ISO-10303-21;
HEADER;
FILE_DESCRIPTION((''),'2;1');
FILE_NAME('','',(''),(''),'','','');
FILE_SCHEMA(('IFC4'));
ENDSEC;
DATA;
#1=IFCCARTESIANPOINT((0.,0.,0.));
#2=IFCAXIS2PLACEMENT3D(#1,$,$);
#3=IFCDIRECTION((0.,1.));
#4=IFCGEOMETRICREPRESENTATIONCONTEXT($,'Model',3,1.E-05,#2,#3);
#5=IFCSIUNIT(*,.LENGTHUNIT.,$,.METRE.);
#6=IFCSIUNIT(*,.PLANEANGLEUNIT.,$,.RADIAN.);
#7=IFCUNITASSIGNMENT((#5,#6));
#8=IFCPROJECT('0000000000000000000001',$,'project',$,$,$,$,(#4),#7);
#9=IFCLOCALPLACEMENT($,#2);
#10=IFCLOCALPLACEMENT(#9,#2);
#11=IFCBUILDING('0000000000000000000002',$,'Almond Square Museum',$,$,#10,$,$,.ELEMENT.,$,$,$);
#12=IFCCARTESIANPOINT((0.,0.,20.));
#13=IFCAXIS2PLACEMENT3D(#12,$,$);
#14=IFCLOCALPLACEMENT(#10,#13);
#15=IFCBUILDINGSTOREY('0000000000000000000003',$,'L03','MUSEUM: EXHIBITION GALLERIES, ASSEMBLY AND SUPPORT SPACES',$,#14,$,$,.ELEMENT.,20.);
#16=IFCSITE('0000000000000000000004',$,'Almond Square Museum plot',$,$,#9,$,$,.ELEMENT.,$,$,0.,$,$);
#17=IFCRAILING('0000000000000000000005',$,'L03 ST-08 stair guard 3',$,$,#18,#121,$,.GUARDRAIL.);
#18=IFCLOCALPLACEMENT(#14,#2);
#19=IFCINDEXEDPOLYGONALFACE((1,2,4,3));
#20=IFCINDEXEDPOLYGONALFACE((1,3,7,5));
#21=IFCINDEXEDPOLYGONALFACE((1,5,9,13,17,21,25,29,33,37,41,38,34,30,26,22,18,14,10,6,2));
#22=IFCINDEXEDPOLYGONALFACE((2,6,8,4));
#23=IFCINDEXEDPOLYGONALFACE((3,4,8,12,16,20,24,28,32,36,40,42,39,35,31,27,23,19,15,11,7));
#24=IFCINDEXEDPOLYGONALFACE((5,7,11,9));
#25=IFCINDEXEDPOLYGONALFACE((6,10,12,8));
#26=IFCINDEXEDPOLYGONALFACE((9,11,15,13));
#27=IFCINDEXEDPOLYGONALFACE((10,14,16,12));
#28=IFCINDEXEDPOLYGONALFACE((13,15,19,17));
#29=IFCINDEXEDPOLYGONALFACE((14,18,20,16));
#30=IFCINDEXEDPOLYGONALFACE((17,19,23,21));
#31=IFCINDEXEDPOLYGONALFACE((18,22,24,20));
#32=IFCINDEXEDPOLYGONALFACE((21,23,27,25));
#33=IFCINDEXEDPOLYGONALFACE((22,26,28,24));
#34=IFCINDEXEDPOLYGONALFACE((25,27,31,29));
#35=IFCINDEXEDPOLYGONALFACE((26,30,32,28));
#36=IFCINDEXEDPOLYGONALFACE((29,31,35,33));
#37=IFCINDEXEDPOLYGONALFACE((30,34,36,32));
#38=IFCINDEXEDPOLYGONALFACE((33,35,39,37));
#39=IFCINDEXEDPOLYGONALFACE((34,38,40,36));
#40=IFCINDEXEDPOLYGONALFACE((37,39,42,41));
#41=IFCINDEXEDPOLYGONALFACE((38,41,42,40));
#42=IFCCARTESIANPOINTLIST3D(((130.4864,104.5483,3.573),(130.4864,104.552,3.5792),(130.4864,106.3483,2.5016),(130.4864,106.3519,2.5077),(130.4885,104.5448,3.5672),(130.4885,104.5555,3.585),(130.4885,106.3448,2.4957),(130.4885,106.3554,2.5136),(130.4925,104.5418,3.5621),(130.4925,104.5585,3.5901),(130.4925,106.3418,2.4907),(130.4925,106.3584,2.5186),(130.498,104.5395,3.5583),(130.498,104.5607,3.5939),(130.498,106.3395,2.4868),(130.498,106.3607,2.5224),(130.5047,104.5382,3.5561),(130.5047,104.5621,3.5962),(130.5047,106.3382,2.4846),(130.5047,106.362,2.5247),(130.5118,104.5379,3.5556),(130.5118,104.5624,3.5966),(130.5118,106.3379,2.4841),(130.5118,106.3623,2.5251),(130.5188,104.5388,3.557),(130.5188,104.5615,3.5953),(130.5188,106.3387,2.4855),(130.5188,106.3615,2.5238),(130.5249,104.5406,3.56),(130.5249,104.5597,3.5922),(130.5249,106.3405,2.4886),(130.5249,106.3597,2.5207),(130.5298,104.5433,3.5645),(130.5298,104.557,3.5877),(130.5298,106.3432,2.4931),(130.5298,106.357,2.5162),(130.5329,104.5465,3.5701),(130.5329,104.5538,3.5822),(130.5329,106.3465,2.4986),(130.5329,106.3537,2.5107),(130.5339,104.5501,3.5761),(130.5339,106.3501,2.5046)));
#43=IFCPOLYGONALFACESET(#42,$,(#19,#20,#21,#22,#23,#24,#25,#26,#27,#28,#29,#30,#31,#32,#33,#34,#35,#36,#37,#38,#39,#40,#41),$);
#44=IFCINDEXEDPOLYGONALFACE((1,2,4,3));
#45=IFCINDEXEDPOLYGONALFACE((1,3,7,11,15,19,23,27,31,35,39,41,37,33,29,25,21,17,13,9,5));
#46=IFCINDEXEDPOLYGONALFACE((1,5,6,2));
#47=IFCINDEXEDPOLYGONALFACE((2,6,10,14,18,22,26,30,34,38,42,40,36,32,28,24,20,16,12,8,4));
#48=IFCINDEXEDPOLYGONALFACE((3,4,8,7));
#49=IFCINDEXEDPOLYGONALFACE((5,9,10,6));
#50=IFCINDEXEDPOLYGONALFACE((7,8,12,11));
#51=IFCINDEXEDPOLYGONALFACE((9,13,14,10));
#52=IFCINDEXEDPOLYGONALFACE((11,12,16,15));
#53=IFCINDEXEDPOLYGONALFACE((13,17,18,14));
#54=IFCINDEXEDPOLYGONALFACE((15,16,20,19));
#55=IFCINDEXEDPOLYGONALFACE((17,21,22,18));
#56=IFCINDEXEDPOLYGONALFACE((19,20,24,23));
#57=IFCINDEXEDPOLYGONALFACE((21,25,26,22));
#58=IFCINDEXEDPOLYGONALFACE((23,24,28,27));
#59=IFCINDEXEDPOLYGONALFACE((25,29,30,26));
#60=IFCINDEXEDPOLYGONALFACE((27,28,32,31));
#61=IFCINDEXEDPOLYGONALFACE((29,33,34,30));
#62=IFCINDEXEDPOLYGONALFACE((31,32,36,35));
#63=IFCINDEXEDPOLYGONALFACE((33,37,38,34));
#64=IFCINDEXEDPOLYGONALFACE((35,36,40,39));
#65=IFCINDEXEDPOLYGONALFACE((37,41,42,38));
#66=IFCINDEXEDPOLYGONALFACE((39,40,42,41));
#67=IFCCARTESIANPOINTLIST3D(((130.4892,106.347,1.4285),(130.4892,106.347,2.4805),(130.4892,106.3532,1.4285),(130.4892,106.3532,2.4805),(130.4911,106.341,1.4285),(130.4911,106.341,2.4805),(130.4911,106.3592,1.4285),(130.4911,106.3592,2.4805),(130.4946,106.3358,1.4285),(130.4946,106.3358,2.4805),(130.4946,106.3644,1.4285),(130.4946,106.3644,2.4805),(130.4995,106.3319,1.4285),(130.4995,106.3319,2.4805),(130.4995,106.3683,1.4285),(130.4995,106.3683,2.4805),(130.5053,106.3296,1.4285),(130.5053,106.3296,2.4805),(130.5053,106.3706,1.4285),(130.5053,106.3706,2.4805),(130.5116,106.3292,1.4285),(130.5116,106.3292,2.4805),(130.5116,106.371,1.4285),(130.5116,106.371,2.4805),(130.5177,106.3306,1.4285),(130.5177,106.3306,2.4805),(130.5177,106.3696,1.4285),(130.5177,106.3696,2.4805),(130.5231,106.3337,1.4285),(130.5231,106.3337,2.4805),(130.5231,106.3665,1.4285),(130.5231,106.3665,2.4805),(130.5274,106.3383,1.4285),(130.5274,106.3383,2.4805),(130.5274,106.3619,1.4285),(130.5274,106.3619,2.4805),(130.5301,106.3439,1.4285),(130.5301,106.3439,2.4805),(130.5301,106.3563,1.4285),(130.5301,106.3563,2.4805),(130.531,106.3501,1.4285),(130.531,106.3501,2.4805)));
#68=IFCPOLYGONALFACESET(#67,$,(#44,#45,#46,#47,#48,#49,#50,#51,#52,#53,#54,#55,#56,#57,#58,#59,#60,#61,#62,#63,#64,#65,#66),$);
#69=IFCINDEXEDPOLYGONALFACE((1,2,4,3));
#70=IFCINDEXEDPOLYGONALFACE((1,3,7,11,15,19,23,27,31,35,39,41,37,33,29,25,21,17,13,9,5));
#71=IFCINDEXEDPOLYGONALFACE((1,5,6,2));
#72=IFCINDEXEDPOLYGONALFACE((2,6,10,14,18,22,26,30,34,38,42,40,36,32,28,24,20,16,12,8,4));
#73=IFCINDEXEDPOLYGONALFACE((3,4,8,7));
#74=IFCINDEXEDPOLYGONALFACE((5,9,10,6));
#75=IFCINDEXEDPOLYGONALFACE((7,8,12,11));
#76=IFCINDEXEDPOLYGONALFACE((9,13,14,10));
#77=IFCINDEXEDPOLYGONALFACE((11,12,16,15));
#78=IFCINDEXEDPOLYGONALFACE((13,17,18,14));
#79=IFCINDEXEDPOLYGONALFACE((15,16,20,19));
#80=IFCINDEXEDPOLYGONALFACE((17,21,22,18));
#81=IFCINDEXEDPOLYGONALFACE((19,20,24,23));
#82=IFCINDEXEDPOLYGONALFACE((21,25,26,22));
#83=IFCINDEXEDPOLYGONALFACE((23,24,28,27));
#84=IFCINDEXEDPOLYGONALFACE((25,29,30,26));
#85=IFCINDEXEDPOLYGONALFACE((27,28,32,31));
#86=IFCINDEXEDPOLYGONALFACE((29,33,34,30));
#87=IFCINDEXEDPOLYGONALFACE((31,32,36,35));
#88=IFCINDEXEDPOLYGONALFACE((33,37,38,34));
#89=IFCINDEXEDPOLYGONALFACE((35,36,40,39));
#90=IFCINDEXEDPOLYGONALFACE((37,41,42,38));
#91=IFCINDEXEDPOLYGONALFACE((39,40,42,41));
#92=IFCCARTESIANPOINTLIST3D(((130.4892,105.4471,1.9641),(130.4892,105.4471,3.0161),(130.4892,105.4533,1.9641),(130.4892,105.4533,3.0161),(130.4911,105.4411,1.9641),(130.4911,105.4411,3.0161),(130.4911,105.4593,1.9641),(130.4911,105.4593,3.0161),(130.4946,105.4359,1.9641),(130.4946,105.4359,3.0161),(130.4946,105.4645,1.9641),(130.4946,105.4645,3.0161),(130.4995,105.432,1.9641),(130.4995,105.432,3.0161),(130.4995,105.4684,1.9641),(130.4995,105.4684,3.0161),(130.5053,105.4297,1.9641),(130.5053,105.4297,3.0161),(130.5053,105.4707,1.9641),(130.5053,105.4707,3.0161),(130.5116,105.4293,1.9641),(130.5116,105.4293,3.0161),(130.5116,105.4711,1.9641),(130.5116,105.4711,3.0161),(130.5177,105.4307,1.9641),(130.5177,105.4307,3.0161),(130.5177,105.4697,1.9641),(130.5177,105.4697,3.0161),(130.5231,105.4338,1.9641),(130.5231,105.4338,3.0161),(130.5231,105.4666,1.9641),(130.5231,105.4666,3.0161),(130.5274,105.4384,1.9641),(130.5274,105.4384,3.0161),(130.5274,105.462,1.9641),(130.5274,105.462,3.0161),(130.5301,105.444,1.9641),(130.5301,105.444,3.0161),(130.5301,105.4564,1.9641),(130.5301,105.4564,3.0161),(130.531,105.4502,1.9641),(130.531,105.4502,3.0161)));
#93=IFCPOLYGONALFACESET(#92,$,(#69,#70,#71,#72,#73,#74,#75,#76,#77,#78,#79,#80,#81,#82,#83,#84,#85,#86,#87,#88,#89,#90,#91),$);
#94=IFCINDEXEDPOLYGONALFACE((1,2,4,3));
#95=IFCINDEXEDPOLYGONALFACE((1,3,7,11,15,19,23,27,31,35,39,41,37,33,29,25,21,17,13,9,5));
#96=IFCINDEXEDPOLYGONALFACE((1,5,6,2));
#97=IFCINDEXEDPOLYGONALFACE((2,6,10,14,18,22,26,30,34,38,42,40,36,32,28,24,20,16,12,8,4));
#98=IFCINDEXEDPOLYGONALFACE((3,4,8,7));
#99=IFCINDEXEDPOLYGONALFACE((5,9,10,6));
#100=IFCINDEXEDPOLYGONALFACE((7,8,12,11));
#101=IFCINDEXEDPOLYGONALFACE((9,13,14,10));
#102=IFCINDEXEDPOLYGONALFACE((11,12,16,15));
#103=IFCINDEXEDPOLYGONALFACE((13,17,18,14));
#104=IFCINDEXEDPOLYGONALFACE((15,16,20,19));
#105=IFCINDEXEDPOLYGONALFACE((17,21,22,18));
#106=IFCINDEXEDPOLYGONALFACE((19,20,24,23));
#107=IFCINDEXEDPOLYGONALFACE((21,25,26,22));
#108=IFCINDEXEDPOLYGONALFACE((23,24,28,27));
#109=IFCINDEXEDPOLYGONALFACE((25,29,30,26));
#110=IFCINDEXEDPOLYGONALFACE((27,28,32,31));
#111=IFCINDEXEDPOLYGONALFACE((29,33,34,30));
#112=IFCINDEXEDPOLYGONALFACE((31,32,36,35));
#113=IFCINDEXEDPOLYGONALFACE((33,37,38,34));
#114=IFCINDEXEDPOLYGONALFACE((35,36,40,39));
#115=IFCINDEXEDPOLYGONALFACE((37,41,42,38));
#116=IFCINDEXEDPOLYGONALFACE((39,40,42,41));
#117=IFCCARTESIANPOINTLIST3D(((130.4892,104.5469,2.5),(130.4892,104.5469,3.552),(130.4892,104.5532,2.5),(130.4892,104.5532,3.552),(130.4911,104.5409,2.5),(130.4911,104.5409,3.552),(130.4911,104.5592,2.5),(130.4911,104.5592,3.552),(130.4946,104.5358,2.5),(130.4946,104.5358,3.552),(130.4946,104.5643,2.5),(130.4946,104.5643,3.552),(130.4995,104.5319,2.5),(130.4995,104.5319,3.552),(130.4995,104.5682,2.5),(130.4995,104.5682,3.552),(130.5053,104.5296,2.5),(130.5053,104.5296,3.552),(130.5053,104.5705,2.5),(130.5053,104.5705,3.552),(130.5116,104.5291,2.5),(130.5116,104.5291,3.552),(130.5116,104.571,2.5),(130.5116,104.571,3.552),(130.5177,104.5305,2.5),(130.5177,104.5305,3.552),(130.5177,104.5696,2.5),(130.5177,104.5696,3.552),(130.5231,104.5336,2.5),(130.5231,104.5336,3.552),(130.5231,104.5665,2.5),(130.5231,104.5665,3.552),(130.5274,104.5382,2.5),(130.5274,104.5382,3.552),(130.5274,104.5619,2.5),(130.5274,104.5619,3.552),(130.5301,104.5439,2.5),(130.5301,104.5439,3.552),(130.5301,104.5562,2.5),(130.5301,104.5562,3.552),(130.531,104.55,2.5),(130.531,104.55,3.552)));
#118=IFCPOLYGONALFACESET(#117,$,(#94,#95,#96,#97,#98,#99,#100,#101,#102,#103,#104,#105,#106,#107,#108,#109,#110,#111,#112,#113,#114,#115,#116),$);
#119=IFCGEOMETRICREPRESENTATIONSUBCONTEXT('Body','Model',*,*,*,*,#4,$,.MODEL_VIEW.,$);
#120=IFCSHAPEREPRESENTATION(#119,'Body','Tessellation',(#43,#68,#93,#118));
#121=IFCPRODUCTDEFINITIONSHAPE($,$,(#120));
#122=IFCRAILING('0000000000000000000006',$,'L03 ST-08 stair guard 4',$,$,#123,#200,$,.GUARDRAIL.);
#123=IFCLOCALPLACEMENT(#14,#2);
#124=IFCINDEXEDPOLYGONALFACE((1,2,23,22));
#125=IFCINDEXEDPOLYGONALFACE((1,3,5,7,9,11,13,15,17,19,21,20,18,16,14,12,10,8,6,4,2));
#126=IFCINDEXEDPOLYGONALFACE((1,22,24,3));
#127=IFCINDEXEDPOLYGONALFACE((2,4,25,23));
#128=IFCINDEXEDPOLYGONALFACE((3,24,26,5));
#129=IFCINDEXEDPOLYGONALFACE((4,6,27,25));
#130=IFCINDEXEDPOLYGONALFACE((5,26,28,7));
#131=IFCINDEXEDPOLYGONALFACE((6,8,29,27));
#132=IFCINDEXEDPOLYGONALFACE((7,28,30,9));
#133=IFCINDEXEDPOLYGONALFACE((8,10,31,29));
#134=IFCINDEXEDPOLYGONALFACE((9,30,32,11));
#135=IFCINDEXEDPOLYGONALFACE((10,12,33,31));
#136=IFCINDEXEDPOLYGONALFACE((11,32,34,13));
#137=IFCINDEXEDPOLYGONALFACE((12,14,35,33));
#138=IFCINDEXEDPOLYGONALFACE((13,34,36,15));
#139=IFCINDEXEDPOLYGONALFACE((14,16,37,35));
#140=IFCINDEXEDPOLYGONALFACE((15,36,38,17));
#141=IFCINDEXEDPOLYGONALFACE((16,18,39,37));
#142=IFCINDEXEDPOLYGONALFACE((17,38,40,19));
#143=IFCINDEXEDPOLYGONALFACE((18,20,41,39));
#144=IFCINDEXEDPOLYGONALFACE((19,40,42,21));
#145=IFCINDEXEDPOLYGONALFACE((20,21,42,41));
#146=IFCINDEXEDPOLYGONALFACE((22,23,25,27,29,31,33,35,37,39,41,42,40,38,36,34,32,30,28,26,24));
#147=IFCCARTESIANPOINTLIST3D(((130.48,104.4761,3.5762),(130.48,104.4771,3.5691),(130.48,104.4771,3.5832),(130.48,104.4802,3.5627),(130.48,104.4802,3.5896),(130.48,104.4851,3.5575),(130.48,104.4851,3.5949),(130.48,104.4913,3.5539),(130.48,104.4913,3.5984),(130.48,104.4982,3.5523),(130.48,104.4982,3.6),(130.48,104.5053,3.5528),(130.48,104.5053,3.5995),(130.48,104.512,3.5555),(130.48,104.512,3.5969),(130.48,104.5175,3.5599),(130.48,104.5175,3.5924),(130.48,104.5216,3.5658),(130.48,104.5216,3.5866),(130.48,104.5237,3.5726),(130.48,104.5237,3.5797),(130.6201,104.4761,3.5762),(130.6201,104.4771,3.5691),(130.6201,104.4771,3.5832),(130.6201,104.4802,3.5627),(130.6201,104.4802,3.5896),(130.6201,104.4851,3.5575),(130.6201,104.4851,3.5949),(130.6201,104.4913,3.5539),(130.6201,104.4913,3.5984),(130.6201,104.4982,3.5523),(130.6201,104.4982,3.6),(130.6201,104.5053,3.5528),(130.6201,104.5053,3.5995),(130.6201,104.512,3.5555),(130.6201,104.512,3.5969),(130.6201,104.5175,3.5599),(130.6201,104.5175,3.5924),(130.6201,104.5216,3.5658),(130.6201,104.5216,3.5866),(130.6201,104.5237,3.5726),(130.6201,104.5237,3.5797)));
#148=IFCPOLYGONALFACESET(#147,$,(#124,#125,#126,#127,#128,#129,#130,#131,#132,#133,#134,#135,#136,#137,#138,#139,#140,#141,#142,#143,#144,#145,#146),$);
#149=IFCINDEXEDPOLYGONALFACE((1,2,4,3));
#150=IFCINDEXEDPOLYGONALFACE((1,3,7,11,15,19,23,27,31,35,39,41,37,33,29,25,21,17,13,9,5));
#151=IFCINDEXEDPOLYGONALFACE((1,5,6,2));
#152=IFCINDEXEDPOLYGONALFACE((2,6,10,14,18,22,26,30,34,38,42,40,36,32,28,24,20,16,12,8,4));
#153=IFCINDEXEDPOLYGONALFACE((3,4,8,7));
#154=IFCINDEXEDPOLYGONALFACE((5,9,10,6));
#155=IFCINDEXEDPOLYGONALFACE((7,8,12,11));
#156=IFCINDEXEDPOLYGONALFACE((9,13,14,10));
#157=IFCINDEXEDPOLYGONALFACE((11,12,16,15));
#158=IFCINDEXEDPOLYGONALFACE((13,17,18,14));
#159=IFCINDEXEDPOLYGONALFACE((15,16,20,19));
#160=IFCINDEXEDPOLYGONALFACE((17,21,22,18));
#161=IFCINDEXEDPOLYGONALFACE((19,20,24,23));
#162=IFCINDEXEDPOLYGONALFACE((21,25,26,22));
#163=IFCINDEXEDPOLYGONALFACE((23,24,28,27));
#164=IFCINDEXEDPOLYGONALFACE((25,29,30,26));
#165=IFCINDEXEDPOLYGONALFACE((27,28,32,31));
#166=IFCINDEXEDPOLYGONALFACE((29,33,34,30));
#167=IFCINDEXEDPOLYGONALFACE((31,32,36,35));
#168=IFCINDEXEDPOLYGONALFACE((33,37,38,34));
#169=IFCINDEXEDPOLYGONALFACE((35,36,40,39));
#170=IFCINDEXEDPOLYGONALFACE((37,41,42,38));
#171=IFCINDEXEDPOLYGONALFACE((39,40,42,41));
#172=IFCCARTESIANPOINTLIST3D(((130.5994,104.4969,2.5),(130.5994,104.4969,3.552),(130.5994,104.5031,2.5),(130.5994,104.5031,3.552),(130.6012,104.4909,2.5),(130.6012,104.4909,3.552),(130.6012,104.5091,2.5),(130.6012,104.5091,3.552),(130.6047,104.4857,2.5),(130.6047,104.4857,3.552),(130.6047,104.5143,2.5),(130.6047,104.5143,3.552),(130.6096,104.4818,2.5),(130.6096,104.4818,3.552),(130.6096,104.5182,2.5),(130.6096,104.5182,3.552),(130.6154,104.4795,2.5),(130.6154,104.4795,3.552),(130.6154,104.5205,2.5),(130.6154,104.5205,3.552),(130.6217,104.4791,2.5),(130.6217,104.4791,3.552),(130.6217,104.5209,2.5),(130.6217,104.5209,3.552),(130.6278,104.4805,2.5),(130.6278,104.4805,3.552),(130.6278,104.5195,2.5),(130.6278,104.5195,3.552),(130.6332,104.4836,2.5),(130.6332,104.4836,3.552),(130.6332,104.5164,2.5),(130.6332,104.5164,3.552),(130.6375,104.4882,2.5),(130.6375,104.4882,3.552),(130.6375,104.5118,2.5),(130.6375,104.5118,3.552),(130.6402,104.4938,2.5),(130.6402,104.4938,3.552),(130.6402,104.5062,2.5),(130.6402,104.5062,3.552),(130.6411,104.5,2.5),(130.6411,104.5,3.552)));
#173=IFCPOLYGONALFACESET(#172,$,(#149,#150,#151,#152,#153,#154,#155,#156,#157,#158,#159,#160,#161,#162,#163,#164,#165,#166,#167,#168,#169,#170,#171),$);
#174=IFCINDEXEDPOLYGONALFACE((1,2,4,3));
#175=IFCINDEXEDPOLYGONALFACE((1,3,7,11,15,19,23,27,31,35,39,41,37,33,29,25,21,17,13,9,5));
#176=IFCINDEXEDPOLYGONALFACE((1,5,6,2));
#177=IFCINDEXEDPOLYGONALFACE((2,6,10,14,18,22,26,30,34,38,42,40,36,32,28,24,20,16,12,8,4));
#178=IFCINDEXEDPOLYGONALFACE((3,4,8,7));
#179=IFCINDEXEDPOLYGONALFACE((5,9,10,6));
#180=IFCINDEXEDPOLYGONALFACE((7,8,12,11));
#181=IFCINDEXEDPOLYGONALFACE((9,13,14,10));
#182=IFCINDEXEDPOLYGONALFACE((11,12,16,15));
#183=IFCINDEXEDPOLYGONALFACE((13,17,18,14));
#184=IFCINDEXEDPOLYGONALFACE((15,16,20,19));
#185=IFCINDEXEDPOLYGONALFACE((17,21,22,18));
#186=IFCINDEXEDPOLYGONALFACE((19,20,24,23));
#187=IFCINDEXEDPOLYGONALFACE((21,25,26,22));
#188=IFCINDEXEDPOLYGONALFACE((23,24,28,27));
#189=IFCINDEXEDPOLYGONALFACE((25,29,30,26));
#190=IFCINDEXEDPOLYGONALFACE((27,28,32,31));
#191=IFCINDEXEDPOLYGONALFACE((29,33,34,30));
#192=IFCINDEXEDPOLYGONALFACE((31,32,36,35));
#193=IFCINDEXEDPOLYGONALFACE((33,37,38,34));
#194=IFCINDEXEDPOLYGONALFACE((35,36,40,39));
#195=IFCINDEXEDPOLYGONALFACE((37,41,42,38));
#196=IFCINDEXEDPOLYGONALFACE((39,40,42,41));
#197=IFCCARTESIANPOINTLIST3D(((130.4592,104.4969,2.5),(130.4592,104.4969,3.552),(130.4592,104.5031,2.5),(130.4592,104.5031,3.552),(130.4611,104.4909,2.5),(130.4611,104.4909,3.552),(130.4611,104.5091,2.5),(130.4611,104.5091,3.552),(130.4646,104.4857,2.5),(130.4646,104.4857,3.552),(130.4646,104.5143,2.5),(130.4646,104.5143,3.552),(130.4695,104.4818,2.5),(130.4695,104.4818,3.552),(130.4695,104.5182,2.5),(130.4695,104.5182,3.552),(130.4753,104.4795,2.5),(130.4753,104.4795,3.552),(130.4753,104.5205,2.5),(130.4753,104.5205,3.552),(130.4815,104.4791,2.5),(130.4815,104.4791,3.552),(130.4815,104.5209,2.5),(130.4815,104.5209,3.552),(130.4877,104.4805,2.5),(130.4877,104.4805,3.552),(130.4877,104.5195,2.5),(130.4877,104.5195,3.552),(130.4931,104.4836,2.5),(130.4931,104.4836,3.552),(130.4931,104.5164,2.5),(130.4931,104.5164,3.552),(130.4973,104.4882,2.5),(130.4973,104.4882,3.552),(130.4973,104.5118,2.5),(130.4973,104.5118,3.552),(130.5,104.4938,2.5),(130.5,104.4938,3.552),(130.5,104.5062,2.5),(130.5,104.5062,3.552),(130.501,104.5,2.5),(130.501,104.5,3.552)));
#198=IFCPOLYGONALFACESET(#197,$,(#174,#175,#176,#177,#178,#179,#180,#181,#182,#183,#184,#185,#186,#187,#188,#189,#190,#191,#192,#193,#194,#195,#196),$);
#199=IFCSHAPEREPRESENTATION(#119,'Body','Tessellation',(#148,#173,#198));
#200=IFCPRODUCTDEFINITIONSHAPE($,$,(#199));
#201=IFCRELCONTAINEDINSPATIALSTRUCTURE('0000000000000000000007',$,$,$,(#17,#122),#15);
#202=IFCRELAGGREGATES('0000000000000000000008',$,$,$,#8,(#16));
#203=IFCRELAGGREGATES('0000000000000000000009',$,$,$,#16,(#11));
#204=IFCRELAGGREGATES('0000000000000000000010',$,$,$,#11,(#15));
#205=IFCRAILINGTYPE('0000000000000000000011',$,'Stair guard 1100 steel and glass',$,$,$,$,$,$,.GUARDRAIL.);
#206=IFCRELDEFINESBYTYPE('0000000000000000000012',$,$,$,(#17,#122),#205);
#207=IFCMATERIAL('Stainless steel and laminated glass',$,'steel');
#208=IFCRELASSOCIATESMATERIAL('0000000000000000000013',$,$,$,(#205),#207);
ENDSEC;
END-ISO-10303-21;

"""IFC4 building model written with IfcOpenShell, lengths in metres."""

from ifc_helpers import new_model, si_unit, direction, frame, origin, origin_2d, place, context, subcontext, project, spatial, circle, extrude, material, type_object, element, save


model = new_model("IFC4")

# Units and contexts
model_context = context("Model", 3, precision=1e-05, world=origin(), true_north=direction((0.0, 1.0)))
body_context = subcontext(model_context, "Body", "Model", "MODEL_VIEW")
ifc_project = project(units=[si_unit("LENGTHUNIT", "METRE"), si_unit("PLANEANGLEUNIT", "RADIAN")], contexts=[model_context])

# Site, building, storey
site_placement = place(None, origin())
site = spatial("IfcSite", under=ifc_project, at=site_placement, Name="Almond Square Museum plot", CompositionType="ELEMENT", RefElevation=0.0)
building_placement = place(site_placement, origin())
building = spatial("IfcBuilding", under=site, at=building_placement, Name="Almond Square Museum", CompositionType="ELEMENT")
storey_placement = place(building_placement, frame((0.0, 0.0, 20.0)))
storey = spatial("IfcBuildingStorey", under=building, at=storey_placement, Name="L03", Description="MUSEUM: EXHIBITION GALLERIES, ASSEMBLY AND SUPPORT SPACES", CompositionType="ELEMENT", Elevation=20.0)

# Railings
ifc_material_1 = material(Name="Stainless steel and laminated glass", Category="steel")
railing_type_1 = type_object("IfcRailingType", Name="Stair guard 1100 steel and glass", PredefinedType="GUARDRAIL", material=ifc_material_1)
railing_1_placement = place(storey_placement, frame((130.51, 106.3501, 1.4285)))
element("IfcRailing", 1, at=railing_1_placement, inside=storey, type_object=railing_type_1, Name="L03 ST-08 stair guard 3", PredefinedType="GUARDRAIL", context=body_context, shape_type="SweptSolid", body=[
    extrude(circle(Radius=0.0239, at=origin_2d()), frame((0.0, 0.0, 1.0762), z_axis=(0.0, -0.859277, 0.51151), x_axis=(1.0, 0.0, 0.0)), (0.0, 0.0, 1.0), 2.0947),
    extrude(circle(Radius=0.021, at=origin_2d()), origin(), (0.0, 0.0, 1.0), 1.052),
    extrude(circle(Radius=0.021, at=origin_2d()), frame((0.0, -0.8999, 0.5356)), (0.0, 0.0, 1.0), 1.052),
    extrude(circle(Radius=0.021, at=origin_2d()), frame((0.0, -1.8, 1.0715)), (0.0, 0.0, 1.0), 1.052),
])
railing_2_placement = place(storey_placement, frame((130.6201, 104.5, 2.5)))
element("IfcRailing", 2, at=railing_2_placement, inside=storey, type_object=railing_type_1, Name="L03 ST-08 stair guard 4", PredefinedType="GUARDRAIL", context=body_context, shape_type="SweptSolid", body=[
    extrude(circle(Radius=0.0239, at=origin_2d()), frame((0.0, 0.0, 1.0762), z_axis=(-1.0, 0.0, 0.0), x_axis=(0.0, -1.0, 0.0)), (0.0, 0.0, 1.0), 0.1401),
    extrude(circle(Radius=0.021, at=origin_2d()), origin(), (0.0, 0.0, 1.0), 1.052),
    extrude(circle(Radius=0.021, at=origin_2d()), frame((-0.1401, 0.0, 0.0)), (0.0, 0.0, 1.0), 1.052),
])

save(model, "model.ifc")
